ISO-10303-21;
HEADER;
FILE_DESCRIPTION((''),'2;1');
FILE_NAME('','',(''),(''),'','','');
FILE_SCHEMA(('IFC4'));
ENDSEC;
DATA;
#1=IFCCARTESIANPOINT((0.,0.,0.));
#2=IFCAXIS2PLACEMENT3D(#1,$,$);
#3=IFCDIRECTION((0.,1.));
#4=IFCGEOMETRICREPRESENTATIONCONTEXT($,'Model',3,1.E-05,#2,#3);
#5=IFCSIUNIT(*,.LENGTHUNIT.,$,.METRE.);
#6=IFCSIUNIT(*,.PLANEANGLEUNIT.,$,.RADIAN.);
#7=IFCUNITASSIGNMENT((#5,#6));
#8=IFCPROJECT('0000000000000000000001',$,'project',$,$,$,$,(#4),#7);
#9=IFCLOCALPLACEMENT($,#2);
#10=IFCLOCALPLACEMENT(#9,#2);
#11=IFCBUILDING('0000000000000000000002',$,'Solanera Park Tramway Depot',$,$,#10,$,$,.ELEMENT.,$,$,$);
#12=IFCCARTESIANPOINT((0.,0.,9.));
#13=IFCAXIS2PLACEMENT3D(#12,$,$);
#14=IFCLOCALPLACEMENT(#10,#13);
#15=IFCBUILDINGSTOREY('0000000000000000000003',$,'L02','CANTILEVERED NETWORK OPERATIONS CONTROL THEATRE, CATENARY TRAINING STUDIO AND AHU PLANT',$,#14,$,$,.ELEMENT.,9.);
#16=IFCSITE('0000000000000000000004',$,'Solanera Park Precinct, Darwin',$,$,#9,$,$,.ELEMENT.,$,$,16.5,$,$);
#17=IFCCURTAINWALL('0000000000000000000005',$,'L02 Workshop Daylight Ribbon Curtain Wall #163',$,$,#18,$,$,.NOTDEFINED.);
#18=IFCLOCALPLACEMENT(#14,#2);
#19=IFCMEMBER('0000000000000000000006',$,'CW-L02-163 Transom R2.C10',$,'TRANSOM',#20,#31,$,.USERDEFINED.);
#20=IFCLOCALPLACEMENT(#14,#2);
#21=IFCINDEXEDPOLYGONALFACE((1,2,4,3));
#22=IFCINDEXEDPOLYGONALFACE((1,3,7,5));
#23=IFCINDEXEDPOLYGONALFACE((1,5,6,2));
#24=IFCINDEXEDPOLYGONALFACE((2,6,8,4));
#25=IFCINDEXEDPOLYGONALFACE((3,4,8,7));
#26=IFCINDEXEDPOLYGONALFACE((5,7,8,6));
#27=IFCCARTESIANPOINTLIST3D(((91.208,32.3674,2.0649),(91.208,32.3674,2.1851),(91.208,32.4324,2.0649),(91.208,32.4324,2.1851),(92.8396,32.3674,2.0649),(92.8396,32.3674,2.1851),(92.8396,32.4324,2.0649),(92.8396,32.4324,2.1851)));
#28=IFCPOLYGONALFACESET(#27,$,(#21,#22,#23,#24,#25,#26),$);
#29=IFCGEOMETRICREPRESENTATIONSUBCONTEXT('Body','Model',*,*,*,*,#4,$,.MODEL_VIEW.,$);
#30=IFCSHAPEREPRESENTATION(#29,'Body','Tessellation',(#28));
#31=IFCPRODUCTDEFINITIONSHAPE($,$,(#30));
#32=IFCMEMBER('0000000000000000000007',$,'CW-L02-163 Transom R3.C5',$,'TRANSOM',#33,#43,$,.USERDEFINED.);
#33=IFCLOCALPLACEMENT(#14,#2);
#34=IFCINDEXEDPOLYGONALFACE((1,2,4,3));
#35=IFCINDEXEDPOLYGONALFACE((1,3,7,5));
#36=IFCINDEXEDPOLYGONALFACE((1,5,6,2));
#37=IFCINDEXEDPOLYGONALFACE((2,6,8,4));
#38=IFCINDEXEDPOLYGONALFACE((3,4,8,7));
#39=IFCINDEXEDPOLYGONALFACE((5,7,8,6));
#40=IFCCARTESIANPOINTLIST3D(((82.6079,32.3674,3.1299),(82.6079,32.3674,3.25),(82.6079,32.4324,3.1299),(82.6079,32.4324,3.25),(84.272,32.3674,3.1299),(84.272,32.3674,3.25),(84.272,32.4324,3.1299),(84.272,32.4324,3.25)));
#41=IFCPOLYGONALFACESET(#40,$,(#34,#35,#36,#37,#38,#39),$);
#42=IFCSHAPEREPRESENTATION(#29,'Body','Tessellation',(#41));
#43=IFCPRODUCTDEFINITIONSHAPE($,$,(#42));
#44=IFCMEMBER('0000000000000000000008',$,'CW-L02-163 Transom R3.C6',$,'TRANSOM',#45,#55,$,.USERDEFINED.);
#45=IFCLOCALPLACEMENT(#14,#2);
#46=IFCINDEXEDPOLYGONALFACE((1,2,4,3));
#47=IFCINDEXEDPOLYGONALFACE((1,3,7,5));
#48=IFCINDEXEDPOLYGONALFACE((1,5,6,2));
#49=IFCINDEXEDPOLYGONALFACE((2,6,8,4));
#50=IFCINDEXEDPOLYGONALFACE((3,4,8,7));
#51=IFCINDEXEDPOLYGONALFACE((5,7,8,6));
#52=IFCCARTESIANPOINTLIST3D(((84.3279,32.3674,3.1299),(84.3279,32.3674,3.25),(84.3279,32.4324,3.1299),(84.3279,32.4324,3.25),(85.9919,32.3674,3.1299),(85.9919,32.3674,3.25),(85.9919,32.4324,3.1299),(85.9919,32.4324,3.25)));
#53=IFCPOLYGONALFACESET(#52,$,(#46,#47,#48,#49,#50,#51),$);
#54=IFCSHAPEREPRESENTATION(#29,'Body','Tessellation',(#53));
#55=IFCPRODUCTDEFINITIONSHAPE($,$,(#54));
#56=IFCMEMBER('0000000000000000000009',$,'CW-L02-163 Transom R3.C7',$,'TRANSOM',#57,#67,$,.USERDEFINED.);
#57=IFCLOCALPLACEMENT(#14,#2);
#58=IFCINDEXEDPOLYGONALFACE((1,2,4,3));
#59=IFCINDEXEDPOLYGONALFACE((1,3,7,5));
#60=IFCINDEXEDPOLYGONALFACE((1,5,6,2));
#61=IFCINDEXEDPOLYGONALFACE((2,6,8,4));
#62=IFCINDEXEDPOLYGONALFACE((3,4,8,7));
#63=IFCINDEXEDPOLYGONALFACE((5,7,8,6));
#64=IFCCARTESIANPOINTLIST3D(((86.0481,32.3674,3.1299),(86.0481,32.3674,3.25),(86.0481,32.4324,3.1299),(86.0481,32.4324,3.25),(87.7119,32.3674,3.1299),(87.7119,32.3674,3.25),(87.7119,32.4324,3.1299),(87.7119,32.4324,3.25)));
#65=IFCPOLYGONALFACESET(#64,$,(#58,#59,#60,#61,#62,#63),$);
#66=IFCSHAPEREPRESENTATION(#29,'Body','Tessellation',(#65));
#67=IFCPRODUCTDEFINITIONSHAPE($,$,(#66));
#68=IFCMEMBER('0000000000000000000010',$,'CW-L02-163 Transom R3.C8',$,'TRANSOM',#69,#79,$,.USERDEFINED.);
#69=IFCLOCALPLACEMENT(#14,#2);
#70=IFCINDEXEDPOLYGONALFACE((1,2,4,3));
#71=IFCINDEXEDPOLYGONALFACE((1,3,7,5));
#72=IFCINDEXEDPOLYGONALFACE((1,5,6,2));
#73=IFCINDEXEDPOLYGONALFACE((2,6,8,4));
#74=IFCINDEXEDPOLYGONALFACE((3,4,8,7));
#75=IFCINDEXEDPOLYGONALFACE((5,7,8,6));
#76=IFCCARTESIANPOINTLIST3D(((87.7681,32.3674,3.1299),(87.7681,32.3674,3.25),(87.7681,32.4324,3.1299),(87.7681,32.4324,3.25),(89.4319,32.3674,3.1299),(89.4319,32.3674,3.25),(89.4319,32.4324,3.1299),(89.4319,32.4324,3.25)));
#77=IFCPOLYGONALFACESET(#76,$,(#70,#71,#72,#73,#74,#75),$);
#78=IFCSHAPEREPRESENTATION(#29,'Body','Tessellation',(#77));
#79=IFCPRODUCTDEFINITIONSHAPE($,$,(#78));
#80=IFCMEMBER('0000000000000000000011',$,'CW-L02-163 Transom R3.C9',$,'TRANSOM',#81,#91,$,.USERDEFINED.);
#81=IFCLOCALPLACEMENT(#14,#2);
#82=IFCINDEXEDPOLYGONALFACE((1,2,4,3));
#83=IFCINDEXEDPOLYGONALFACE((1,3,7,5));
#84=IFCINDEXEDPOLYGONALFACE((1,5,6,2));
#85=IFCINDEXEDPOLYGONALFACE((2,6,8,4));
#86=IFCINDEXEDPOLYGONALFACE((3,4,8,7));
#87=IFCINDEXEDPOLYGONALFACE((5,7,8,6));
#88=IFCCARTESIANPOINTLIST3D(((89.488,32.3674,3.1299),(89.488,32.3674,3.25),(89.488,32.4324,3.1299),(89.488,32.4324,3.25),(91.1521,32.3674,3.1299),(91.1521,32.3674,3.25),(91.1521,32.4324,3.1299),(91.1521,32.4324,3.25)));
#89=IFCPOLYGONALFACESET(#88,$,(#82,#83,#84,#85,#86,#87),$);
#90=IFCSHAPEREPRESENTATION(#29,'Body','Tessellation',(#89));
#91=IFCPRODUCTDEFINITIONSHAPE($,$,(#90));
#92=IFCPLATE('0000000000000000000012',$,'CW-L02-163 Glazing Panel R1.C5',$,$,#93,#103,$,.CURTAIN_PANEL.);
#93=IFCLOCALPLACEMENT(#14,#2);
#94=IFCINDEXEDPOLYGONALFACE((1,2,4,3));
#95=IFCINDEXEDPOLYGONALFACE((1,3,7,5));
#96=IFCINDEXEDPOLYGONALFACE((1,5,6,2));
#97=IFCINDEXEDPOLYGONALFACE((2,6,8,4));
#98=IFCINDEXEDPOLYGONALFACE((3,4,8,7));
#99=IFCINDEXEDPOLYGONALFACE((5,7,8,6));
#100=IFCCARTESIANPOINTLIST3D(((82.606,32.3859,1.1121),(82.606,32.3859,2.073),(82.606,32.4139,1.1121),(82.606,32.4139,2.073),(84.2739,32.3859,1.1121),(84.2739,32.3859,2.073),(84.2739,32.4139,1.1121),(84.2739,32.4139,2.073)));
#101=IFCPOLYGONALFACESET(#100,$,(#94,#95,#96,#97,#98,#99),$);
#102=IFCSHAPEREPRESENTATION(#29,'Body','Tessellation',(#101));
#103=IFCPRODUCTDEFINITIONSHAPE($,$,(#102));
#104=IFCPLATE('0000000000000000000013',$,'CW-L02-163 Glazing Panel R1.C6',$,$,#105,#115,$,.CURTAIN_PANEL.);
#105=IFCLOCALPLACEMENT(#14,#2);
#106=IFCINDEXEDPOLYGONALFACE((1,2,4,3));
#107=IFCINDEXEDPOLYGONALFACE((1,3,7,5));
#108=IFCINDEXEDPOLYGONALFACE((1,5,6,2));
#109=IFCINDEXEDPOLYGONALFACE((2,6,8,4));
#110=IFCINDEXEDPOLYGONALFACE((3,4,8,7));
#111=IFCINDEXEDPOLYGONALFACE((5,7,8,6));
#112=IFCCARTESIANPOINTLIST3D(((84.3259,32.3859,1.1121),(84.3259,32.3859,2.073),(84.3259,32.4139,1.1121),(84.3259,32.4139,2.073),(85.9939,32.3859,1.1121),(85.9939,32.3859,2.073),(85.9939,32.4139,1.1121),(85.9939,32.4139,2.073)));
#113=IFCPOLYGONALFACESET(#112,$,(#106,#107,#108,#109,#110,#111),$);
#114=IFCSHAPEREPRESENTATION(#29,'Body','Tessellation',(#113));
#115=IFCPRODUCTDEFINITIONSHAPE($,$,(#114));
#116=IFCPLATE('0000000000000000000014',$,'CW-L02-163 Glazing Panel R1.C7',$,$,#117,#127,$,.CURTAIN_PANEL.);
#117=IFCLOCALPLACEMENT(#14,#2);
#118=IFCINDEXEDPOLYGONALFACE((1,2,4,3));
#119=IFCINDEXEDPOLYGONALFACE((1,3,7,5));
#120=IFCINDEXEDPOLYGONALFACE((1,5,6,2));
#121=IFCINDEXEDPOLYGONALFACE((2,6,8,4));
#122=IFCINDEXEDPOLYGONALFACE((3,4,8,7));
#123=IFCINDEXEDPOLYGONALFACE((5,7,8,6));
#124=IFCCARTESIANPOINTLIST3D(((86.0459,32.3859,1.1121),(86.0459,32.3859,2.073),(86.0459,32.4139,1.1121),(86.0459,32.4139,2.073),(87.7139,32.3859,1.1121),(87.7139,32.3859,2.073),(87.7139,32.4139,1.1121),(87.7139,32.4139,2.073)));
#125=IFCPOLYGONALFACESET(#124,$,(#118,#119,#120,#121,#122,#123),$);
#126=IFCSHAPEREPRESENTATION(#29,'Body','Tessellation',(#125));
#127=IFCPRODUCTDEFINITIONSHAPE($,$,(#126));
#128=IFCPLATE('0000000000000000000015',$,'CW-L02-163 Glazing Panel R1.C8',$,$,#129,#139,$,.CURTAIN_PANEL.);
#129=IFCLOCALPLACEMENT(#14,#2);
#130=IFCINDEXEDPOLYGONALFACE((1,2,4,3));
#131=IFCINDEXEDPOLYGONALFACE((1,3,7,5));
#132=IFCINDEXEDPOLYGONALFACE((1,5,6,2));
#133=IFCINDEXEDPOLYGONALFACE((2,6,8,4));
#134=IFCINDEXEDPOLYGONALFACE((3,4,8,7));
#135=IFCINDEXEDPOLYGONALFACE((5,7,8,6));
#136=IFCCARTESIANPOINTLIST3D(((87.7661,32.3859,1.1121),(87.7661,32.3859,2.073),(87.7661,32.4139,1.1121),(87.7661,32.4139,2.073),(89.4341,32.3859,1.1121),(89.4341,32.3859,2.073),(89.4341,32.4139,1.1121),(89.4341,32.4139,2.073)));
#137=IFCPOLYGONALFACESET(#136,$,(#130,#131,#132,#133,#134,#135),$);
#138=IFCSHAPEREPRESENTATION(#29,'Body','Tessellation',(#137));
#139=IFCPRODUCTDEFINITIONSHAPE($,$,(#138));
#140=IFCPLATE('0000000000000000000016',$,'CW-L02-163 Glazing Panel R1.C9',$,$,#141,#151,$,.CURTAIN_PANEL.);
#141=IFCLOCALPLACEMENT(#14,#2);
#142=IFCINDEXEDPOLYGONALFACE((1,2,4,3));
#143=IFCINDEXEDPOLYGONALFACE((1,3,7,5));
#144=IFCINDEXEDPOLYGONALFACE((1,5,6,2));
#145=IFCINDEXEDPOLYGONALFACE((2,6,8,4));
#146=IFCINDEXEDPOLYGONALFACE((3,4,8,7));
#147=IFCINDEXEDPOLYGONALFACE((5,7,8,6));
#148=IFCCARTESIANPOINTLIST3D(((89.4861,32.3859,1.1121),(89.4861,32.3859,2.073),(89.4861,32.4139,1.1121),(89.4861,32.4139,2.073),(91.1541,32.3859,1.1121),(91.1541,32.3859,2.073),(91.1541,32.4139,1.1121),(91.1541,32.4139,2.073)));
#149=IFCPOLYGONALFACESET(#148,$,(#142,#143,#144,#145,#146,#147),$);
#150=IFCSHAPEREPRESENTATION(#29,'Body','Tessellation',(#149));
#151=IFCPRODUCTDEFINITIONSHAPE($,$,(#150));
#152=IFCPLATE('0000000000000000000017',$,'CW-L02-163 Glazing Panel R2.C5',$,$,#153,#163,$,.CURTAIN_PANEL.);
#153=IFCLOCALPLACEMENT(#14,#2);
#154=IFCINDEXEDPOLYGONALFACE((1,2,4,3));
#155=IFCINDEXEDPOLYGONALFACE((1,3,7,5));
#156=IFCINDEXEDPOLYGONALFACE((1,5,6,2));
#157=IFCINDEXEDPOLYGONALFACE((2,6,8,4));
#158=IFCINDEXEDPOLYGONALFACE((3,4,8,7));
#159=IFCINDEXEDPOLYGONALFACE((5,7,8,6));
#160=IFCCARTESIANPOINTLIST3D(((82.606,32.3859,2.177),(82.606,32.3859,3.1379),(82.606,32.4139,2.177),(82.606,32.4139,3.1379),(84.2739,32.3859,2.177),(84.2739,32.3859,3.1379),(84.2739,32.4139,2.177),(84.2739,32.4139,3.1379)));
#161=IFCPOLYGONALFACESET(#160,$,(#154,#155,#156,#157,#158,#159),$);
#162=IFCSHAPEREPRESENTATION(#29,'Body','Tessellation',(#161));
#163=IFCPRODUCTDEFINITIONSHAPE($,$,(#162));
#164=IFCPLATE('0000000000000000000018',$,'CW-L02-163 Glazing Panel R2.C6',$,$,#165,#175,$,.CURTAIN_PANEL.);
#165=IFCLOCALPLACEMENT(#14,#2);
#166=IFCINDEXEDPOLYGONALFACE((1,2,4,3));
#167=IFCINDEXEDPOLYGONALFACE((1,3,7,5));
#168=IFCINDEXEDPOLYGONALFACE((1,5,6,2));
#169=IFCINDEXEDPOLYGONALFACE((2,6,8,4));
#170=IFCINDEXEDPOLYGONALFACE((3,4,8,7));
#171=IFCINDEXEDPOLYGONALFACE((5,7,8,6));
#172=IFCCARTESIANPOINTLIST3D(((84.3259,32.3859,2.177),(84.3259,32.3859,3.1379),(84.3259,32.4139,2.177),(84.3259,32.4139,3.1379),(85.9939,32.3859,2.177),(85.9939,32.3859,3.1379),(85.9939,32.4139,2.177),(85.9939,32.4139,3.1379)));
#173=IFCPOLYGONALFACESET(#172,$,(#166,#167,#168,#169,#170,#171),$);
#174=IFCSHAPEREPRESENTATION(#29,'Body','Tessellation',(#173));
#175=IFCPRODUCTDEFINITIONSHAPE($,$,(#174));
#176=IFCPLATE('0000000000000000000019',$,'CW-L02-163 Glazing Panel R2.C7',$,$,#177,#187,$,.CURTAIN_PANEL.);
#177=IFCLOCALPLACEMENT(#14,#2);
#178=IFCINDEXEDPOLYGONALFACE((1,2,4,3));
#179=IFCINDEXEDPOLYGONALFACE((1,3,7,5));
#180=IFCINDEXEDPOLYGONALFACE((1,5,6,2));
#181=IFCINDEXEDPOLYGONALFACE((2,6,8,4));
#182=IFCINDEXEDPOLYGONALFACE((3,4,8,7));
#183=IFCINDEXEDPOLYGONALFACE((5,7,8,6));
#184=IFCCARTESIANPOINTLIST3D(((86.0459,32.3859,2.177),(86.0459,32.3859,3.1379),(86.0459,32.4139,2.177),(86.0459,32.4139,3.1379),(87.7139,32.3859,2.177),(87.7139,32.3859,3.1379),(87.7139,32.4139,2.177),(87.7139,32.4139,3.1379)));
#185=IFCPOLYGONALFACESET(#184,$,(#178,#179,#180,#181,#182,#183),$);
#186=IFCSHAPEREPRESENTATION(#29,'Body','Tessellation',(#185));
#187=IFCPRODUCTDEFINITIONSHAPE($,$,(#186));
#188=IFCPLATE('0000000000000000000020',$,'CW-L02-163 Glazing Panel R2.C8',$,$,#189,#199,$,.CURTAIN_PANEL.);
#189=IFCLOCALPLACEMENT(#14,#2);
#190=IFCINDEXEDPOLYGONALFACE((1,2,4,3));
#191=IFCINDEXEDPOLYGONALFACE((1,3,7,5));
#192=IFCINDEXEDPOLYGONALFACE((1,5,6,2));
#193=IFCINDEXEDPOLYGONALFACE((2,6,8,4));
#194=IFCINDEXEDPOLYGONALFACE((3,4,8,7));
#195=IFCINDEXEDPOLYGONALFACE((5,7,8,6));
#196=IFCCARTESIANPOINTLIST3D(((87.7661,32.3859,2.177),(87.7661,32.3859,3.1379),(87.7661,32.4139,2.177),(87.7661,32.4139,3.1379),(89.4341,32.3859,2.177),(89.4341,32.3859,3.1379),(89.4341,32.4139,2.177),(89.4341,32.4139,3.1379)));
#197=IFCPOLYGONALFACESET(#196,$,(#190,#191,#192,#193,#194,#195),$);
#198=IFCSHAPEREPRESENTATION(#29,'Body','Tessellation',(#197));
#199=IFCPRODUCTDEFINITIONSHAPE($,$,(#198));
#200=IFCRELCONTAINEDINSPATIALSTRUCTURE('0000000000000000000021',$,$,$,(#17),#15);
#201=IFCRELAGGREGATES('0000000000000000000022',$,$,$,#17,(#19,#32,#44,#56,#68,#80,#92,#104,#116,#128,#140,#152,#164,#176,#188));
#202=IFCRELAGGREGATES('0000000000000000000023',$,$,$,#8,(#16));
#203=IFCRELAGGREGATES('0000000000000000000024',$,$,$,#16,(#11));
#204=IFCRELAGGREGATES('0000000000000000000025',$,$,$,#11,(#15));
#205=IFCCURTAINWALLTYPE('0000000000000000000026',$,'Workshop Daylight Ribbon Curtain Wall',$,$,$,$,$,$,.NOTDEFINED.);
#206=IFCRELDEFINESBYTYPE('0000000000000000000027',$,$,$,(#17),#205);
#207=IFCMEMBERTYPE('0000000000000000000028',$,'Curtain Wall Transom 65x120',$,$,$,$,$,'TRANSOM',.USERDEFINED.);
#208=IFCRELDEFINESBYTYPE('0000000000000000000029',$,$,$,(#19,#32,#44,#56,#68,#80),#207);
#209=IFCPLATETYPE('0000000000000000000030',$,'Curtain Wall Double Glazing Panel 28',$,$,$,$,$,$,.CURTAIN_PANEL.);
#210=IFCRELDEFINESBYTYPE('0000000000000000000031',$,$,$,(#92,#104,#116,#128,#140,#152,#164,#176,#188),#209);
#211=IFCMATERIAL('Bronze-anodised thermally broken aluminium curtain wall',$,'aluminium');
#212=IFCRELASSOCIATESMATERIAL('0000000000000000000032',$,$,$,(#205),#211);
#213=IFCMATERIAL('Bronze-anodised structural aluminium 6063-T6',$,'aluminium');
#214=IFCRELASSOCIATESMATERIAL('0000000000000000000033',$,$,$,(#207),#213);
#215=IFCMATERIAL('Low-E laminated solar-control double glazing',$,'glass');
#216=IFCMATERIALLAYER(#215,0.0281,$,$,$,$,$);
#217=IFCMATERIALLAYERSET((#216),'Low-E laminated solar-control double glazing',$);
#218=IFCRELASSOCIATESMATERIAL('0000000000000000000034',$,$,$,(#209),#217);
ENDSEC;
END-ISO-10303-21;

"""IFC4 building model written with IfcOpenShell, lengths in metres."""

from ifc_helpers import new_model, si_unit, direction, frame, origin, origin_2d, place, context, subcontext, project, spatial, rectangle, extrude, material, layer, layer_set, material_profile, profile_set, type_object, element, aggregate, save


model = new_model("IFC4")

# Units and contexts
model_context = context("Model", 3, precision=1e-05, world=origin(), true_north=direction((0.0, 1.0)))
body_context = subcontext(model_context, "Body", "Model", "MODEL_VIEW")
ifc_project = project(units=[si_unit("LENGTHUNIT", "METRE"), si_unit("PLANEANGLEUNIT", "RADIAN")], contexts=[model_context])

# Site, building, storey
site_placement = place(None, origin())
site = spatial("IfcSite", under=ifc_project, at=site_placement, Name="Solanera Park Precinct, Darwin", CompositionType="ELEMENT", RefElevation=16.5)
building_placement = place(site_placement, origin())
building = spatial("IfcBuilding", under=site, at=building_placement, Name="Solanera Park Tramway Depot", CompositionType="ELEMENT")
storey_placement = place(building_placement, frame((0.0, 0.0, 9.0)))
storey = spatial("IfcBuildingStorey", under=building, at=storey_placement, Name="L02", Description="CANTILEVERED NETWORK OPERATIONS CONTROL THEATRE, CATENARY TRAINING STUDIO AND AHU PLANT", CompositionType="ELEMENT", Elevation=9.0)

# Curtain wall, members, plates
ifc_material_1 = material(Name="Bronze-anodised thermally broken aluminium curtain wall", Category="aluminium")
curtain_wall_type = type_object("IfcCurtainWallType", Name="Workshop Daylight Ribbon Curtain Wall", PredefinedType="NOTDEFINED", material=ifc_material_1)
curtain_wall_placement = place(storey_placement, origin())
curtain_wall = element("IfcCurtainWall", 1, at=curtain_wall_placement, inside=storey, type_object=curtain_wall_type, Name="L02 Workshop Daylight Ribbon Curtain Wall #163", PredefinedType="NOTDEFINED")
ifc_material_2 = material(Name="Bronze-anodised structural aluminium 6063-T6", Category="aluminium")
ifc_material_profile_1 = material_profile(ifc_material_2, rectangle(XDim=0.0649, YDim=0.1201, at=origin_2d()), Name="Curtain Wall Transom 65x120")
ifc_profile_set_1 = profile_set([ifc_material_profile_1], Name="Bronze-anodised structural aluminium 6063-T6")
member_type_1 = type_object("IfcMemberType", Name="Curtain Wall Transom 65x120", ElementType="TRANSOM", PredefinedType="USERDEFINED", material=ifc_profile_set_1)
member_1_placement = place(storey_placement, frame((91.208, 32.3999, 2.125), z_axis=(1.0, 0.0, 0.0), x_axis=(0.0, 1.0, 0.0)))
member_1 = element("IfcMember", 2, at=member_1_placement, type_object=member_type_1, Name="CW-L02-163 Transom R2.C10", ObjectType="TRANSOM", PredefinedType="USERDEFINED", context=body_context, shape_type="SweptSolid", body=[
    extrude(rectangle(XDim=0.0649, YDim=0.1201, at=origin_2d()), origin(), (0.0, 0.0, 1.0), 1.6316),
])
member_2_placement = place(storey_placement, frame((82.6079, 32.3999, 3.1899), z_axis=(1.0, 0.0, 0.0), x_axis=(0.0, 1.0, 0.0)))
member_2 = element("IfcMember", 3, at=member_2_placement, type_object=member_type_1, Name="CW-L02-163 Transom R3.C5", ObjectType="TRANSOM", PredefinedType="USERDEFINED", context=body_context, shape_type="SweptSolid", body=[
    extrude(rectangle(XDim=0.0649, YDim=0.1201, at=origin_2d()), origin(), (0.0, 0.0, 1.0), 1.6641),
])
member_3_placement = place(storey_placement, frame((84.3279, 32.3999, 3.1899), z_axis=(1.0, 0.0, 0.0), x_axis=(0.0, 1.0, 0.0)))
member_3 = element("IfcMember", 4, at=member_3_placement, type_object=member_type_1, Name="CW-L02-163 Transom R3.C6", ObjectType="TRANSOM", PredefinedType="USERDEFINED", context=body_context, shape_type="SweptSolid", body=[
    extrude(rectangle(XDim=0.0649, YDim=0.1201, at=origin_2d()), origin(), (0.0, 0.0, 1.0), 1.6641),
])
member_4_placement = place(storey_placement, frame((86.0481, 32.3999, 3.1899), z_axis=(1.0, 0.0, 0.0), x_axis=(0.0, 1.0, 0.0)))
member_4 = element("IfcMember", 5, at=member_4_placement, type_object=member_type_1, Name="CW-L02-163 Transom R3.C7", ObjectType="TRANSOM", PredefinedType="USERDEFINED", context=body_context, shape_type="SweptSolid", body=[
    extrude(rectangle(XDim=0.0649, YDim=0.1201, at=origin_2d()), origin(), (0.0, 0.0, 1.0), 1.6638),
])
member_5_placement = place(storey_placement, frame((87.7681, 32.3999, 3.1899), z_axis=(1.0, 0.0, 0.0), x_axis=(0.0, 1.0, 0.0)))
member_5 = element("IfcMember", 6, at=member_5_placement, type_object=member_type_1, Name="CW-L02-163 Transom R3.C8", ObjectType="TRANSOM", PredefinedType="USERDEFINED", context=body_context, shape_type="SweptSolid", body=[
    extrude(rectangle(XDim=0.0649, YDim=0.1201, at=origin_2d()), origin(), (0.0, 0.0, 1.0), 1.6638),
])
member_6_placement = place(storey_placement, frame((89.488, 32.3999, 3.1899), z_axis=(1.0, 0.0, 0.0), x_axis=(0.0, 1.0, 0.0)))
member_6 = element("IfcMember", 7, at=member_6_placement, type_object=member_type_1, Name="CW-L02-163 Transom R3.C9", ObjectType="TRANSOM", PredefinedType="USERDEFINED", context=body_context, shape_type="SweptSolid", body=[
    extrude(rectangle(XDim=0.0649, YDim=0.1201, at=origin_2d()), origin(), (0.0, 0.0, 1.0), 1.6641),
])
ifc_material_3 = material(Name="Low-E laminated solar-control double glazing", Category="glass")
ifc_layer = layer(ifc_material_3, 0.0281)
ifc_layer_set = layer_set([ifc_layer], Name="Low-E laminated solar-control double glazing")
plate_type = type_object("IfcPlateType", Name="Curtain Wall Double Glazing Panel 28", PredefinedType="CURTAIN_PANEL", material=ifc_layer_set)
plate_1_placement = place(storey_placement, frame((83.4399, 32.3999, 1.1121), z_axis=(0.0, 0.0, 1.0), x_axis=(1.0, 0.0, 0.0)))
plate_1 = element("IfcPlate", 8, at=plate_1_placement, type_object=plate_type, Name="CW-L02-163 Glazing Panel R1.C5", PredefinedType="CURTAIN_PANEL", context=body_context, shape_type="SweptSolid", body=[
    extrude(rectangle(XDim=1.668, YDim=0.0281, at=origin_2d()), origin(), (0.0, 0.0, 1.0), 0.9609),
])
plate_2_placement = place(storey_placement, frame((85.1599, 32.3999, 1.1121), z_axis=(0.0, 0.0, 1.0), x_axis=(1.0, 0.0, 0.0)))
plate_2 = element("IfcPlate", 9, at=plate_2_placement, type_object=plate_type, Name="CW-L02-163 Glazing Panel R1.C6", PredefinedType="CURTAIN_PANEL", context=body_context, shape_type="SweptSolid", body=[
    extrude(rectangle(XDim=1.668, YDim=0.0281, at=origin_2d()), origin(), (0.0, 0.0, 1.0), 0.9609),
])
plate_3_placement = place(storey_placement, frame((86.8799, 32.3999, 1.1121), z_axis=(0.0, 0.0, 1.0), x_axis=(1.0, 0.0, 0.0)))
plate_3 = element("IfcPlate", 10, at=plate_3_placement, type_object=plate_type, Name="CW-L02-163 Glazing Panel R1.C7", PredefinedType="CURTAIN_PANEL", context=body_context, shape_type="SweptSolid", body=[
    extrude(rectangle(XDim=1.668, YDim=0.0281, at=origin_2d()), origin(), (0.0, 0.0, 1.0), 0.9609),
])
plate_4_placement = place(storey_placement, frame((88.6001, 32.3999, 1.1121), z_axis=(0.0, 0.0, 1.0), x_axis=(1.0, 0.0, 0.0)))
plate_4 = element("IfcPlate", 11, at=plate_4_placement, type_object=plate_type, Name="CW-L02-163 Glazing Panel R1.C8", PredefinedType="CURTAIN_PANEL", context=body_context, shape_type="SweptSolid", body=[
    extrude(rectangle(XDim=1.668, YDim=0.0281, at=origin_2d()), origin(), (0.0, 0.0, 1.0), 0.9609),
])
plate_5_placement = place(storey_placement, frame((90.3201, 32.3999, 1.1121), z_axis=(0.0, 0.0, 1.0), x_axis=(1.0, 0.0, 0.0)))
plate_5 = element("IfcPlate", 12, at=plate_5_placement, type_object=plate_type, Name="CW-L02-163 Glazing Panel R1.C9", PredefinedType="CURTAIN_PANEL", context=body_context, shape_type="SweptSolid", body=[
    extrude(rectangle(XDim=1.668, YDim=0.0281, at=origin_2d()), origin(), (0.0, 0.0, 1.0), 0.9609),
])
plate_6_placement = place(storey_placement, frame((83.4399, 32.3999, 2.177), z_axis=(0.0, 0.0, 1.0), x_axis=(1.0, 0.0, 0.0)))
plate_6 = element("IfcPlate", 13, at=plate_6_placement, type_object=plate_type, Name="CW-L02-163 Glazing Panel R2.C5", PredefinedType="CURTAIN_PANEL", context=body_context, shape_type="SweptSolid", body=[
    extrude(rectangle(XDim=1.668, YDim=0.0281, at=origin_2d()), origin(), (0.0, 0.0, 1.0), 0.9609),
])
plate_7_placement = place(storey_placement, frame((85.1599, 32.3999, 2.177), z_axis=(0.0, 0.0, 1.0), x_axis=(1.0, 0.0, 0.0)))
plate_7 = element("IfcPlate", 14, at=plate_7_placement, type_object=plate_type, Name="CW-L02-163 Glazing Panel R2.C6", PredefinedType="CURTAIN_PANEL", context=body_context, shape_type="SweptSolid", body=[
    extrude(rectangle(XDim=1.668, YDim=0.0281, at=origin_2d()), origin(), (0.0, 0.0, 1.0), 0.9609),
])
plate_8_placement = place(storey_placement, frame((86.8799, 32.3999, 2.177), z_axis=(0.0, 0.0, 1.0), x_axis=(1.0, 0.0, 0.0)))
plate_8 = element("IfcPlate", 15, at=plate_8_placement, type_object=plate_type, Name="CW-L02-163 Glazing Panel R2.C7", PredefinedType="CURTAIN_PANEL", context=body_context, shape_type="SweptSolid", body=[
    extrude(rectangle(XDim=1.668, YDim=0.0281, at=origin_2d()), origin(), (0.0, 0.0, 1.0), 0.9609),
])
plate_9_placement = place(storey_placement, frame((88.6001, 32.3999, 2.177), z_axis=(0.0, 0.0, 1.0), x_axis=(1.0, 0.0, 0.0)))
plate_9 = element("IfcPlate", 16, at=plate_9_placement, type_object=plate_type, Name="CW-L02-163 Glazing Panel R2.C8", PredefinedType="CURTAIN_PANEL", context=body_context, shape_type="SweptSolid", body=[
    extrude(rectangle(XDim=1.668, YDim=0.0281, at=origin_2d()), origin(), (0.0, 0.0, 1.0), 0.9609),
])
aggregate(curtain_wall, [member_1, member_2, member_3, member_4, member_5, member_6, plate_1, plate_2, plate_3, plate_4, plate_5, plate_6, plate_7, plate_8, plate_9])

save(model, "model.ifc")
